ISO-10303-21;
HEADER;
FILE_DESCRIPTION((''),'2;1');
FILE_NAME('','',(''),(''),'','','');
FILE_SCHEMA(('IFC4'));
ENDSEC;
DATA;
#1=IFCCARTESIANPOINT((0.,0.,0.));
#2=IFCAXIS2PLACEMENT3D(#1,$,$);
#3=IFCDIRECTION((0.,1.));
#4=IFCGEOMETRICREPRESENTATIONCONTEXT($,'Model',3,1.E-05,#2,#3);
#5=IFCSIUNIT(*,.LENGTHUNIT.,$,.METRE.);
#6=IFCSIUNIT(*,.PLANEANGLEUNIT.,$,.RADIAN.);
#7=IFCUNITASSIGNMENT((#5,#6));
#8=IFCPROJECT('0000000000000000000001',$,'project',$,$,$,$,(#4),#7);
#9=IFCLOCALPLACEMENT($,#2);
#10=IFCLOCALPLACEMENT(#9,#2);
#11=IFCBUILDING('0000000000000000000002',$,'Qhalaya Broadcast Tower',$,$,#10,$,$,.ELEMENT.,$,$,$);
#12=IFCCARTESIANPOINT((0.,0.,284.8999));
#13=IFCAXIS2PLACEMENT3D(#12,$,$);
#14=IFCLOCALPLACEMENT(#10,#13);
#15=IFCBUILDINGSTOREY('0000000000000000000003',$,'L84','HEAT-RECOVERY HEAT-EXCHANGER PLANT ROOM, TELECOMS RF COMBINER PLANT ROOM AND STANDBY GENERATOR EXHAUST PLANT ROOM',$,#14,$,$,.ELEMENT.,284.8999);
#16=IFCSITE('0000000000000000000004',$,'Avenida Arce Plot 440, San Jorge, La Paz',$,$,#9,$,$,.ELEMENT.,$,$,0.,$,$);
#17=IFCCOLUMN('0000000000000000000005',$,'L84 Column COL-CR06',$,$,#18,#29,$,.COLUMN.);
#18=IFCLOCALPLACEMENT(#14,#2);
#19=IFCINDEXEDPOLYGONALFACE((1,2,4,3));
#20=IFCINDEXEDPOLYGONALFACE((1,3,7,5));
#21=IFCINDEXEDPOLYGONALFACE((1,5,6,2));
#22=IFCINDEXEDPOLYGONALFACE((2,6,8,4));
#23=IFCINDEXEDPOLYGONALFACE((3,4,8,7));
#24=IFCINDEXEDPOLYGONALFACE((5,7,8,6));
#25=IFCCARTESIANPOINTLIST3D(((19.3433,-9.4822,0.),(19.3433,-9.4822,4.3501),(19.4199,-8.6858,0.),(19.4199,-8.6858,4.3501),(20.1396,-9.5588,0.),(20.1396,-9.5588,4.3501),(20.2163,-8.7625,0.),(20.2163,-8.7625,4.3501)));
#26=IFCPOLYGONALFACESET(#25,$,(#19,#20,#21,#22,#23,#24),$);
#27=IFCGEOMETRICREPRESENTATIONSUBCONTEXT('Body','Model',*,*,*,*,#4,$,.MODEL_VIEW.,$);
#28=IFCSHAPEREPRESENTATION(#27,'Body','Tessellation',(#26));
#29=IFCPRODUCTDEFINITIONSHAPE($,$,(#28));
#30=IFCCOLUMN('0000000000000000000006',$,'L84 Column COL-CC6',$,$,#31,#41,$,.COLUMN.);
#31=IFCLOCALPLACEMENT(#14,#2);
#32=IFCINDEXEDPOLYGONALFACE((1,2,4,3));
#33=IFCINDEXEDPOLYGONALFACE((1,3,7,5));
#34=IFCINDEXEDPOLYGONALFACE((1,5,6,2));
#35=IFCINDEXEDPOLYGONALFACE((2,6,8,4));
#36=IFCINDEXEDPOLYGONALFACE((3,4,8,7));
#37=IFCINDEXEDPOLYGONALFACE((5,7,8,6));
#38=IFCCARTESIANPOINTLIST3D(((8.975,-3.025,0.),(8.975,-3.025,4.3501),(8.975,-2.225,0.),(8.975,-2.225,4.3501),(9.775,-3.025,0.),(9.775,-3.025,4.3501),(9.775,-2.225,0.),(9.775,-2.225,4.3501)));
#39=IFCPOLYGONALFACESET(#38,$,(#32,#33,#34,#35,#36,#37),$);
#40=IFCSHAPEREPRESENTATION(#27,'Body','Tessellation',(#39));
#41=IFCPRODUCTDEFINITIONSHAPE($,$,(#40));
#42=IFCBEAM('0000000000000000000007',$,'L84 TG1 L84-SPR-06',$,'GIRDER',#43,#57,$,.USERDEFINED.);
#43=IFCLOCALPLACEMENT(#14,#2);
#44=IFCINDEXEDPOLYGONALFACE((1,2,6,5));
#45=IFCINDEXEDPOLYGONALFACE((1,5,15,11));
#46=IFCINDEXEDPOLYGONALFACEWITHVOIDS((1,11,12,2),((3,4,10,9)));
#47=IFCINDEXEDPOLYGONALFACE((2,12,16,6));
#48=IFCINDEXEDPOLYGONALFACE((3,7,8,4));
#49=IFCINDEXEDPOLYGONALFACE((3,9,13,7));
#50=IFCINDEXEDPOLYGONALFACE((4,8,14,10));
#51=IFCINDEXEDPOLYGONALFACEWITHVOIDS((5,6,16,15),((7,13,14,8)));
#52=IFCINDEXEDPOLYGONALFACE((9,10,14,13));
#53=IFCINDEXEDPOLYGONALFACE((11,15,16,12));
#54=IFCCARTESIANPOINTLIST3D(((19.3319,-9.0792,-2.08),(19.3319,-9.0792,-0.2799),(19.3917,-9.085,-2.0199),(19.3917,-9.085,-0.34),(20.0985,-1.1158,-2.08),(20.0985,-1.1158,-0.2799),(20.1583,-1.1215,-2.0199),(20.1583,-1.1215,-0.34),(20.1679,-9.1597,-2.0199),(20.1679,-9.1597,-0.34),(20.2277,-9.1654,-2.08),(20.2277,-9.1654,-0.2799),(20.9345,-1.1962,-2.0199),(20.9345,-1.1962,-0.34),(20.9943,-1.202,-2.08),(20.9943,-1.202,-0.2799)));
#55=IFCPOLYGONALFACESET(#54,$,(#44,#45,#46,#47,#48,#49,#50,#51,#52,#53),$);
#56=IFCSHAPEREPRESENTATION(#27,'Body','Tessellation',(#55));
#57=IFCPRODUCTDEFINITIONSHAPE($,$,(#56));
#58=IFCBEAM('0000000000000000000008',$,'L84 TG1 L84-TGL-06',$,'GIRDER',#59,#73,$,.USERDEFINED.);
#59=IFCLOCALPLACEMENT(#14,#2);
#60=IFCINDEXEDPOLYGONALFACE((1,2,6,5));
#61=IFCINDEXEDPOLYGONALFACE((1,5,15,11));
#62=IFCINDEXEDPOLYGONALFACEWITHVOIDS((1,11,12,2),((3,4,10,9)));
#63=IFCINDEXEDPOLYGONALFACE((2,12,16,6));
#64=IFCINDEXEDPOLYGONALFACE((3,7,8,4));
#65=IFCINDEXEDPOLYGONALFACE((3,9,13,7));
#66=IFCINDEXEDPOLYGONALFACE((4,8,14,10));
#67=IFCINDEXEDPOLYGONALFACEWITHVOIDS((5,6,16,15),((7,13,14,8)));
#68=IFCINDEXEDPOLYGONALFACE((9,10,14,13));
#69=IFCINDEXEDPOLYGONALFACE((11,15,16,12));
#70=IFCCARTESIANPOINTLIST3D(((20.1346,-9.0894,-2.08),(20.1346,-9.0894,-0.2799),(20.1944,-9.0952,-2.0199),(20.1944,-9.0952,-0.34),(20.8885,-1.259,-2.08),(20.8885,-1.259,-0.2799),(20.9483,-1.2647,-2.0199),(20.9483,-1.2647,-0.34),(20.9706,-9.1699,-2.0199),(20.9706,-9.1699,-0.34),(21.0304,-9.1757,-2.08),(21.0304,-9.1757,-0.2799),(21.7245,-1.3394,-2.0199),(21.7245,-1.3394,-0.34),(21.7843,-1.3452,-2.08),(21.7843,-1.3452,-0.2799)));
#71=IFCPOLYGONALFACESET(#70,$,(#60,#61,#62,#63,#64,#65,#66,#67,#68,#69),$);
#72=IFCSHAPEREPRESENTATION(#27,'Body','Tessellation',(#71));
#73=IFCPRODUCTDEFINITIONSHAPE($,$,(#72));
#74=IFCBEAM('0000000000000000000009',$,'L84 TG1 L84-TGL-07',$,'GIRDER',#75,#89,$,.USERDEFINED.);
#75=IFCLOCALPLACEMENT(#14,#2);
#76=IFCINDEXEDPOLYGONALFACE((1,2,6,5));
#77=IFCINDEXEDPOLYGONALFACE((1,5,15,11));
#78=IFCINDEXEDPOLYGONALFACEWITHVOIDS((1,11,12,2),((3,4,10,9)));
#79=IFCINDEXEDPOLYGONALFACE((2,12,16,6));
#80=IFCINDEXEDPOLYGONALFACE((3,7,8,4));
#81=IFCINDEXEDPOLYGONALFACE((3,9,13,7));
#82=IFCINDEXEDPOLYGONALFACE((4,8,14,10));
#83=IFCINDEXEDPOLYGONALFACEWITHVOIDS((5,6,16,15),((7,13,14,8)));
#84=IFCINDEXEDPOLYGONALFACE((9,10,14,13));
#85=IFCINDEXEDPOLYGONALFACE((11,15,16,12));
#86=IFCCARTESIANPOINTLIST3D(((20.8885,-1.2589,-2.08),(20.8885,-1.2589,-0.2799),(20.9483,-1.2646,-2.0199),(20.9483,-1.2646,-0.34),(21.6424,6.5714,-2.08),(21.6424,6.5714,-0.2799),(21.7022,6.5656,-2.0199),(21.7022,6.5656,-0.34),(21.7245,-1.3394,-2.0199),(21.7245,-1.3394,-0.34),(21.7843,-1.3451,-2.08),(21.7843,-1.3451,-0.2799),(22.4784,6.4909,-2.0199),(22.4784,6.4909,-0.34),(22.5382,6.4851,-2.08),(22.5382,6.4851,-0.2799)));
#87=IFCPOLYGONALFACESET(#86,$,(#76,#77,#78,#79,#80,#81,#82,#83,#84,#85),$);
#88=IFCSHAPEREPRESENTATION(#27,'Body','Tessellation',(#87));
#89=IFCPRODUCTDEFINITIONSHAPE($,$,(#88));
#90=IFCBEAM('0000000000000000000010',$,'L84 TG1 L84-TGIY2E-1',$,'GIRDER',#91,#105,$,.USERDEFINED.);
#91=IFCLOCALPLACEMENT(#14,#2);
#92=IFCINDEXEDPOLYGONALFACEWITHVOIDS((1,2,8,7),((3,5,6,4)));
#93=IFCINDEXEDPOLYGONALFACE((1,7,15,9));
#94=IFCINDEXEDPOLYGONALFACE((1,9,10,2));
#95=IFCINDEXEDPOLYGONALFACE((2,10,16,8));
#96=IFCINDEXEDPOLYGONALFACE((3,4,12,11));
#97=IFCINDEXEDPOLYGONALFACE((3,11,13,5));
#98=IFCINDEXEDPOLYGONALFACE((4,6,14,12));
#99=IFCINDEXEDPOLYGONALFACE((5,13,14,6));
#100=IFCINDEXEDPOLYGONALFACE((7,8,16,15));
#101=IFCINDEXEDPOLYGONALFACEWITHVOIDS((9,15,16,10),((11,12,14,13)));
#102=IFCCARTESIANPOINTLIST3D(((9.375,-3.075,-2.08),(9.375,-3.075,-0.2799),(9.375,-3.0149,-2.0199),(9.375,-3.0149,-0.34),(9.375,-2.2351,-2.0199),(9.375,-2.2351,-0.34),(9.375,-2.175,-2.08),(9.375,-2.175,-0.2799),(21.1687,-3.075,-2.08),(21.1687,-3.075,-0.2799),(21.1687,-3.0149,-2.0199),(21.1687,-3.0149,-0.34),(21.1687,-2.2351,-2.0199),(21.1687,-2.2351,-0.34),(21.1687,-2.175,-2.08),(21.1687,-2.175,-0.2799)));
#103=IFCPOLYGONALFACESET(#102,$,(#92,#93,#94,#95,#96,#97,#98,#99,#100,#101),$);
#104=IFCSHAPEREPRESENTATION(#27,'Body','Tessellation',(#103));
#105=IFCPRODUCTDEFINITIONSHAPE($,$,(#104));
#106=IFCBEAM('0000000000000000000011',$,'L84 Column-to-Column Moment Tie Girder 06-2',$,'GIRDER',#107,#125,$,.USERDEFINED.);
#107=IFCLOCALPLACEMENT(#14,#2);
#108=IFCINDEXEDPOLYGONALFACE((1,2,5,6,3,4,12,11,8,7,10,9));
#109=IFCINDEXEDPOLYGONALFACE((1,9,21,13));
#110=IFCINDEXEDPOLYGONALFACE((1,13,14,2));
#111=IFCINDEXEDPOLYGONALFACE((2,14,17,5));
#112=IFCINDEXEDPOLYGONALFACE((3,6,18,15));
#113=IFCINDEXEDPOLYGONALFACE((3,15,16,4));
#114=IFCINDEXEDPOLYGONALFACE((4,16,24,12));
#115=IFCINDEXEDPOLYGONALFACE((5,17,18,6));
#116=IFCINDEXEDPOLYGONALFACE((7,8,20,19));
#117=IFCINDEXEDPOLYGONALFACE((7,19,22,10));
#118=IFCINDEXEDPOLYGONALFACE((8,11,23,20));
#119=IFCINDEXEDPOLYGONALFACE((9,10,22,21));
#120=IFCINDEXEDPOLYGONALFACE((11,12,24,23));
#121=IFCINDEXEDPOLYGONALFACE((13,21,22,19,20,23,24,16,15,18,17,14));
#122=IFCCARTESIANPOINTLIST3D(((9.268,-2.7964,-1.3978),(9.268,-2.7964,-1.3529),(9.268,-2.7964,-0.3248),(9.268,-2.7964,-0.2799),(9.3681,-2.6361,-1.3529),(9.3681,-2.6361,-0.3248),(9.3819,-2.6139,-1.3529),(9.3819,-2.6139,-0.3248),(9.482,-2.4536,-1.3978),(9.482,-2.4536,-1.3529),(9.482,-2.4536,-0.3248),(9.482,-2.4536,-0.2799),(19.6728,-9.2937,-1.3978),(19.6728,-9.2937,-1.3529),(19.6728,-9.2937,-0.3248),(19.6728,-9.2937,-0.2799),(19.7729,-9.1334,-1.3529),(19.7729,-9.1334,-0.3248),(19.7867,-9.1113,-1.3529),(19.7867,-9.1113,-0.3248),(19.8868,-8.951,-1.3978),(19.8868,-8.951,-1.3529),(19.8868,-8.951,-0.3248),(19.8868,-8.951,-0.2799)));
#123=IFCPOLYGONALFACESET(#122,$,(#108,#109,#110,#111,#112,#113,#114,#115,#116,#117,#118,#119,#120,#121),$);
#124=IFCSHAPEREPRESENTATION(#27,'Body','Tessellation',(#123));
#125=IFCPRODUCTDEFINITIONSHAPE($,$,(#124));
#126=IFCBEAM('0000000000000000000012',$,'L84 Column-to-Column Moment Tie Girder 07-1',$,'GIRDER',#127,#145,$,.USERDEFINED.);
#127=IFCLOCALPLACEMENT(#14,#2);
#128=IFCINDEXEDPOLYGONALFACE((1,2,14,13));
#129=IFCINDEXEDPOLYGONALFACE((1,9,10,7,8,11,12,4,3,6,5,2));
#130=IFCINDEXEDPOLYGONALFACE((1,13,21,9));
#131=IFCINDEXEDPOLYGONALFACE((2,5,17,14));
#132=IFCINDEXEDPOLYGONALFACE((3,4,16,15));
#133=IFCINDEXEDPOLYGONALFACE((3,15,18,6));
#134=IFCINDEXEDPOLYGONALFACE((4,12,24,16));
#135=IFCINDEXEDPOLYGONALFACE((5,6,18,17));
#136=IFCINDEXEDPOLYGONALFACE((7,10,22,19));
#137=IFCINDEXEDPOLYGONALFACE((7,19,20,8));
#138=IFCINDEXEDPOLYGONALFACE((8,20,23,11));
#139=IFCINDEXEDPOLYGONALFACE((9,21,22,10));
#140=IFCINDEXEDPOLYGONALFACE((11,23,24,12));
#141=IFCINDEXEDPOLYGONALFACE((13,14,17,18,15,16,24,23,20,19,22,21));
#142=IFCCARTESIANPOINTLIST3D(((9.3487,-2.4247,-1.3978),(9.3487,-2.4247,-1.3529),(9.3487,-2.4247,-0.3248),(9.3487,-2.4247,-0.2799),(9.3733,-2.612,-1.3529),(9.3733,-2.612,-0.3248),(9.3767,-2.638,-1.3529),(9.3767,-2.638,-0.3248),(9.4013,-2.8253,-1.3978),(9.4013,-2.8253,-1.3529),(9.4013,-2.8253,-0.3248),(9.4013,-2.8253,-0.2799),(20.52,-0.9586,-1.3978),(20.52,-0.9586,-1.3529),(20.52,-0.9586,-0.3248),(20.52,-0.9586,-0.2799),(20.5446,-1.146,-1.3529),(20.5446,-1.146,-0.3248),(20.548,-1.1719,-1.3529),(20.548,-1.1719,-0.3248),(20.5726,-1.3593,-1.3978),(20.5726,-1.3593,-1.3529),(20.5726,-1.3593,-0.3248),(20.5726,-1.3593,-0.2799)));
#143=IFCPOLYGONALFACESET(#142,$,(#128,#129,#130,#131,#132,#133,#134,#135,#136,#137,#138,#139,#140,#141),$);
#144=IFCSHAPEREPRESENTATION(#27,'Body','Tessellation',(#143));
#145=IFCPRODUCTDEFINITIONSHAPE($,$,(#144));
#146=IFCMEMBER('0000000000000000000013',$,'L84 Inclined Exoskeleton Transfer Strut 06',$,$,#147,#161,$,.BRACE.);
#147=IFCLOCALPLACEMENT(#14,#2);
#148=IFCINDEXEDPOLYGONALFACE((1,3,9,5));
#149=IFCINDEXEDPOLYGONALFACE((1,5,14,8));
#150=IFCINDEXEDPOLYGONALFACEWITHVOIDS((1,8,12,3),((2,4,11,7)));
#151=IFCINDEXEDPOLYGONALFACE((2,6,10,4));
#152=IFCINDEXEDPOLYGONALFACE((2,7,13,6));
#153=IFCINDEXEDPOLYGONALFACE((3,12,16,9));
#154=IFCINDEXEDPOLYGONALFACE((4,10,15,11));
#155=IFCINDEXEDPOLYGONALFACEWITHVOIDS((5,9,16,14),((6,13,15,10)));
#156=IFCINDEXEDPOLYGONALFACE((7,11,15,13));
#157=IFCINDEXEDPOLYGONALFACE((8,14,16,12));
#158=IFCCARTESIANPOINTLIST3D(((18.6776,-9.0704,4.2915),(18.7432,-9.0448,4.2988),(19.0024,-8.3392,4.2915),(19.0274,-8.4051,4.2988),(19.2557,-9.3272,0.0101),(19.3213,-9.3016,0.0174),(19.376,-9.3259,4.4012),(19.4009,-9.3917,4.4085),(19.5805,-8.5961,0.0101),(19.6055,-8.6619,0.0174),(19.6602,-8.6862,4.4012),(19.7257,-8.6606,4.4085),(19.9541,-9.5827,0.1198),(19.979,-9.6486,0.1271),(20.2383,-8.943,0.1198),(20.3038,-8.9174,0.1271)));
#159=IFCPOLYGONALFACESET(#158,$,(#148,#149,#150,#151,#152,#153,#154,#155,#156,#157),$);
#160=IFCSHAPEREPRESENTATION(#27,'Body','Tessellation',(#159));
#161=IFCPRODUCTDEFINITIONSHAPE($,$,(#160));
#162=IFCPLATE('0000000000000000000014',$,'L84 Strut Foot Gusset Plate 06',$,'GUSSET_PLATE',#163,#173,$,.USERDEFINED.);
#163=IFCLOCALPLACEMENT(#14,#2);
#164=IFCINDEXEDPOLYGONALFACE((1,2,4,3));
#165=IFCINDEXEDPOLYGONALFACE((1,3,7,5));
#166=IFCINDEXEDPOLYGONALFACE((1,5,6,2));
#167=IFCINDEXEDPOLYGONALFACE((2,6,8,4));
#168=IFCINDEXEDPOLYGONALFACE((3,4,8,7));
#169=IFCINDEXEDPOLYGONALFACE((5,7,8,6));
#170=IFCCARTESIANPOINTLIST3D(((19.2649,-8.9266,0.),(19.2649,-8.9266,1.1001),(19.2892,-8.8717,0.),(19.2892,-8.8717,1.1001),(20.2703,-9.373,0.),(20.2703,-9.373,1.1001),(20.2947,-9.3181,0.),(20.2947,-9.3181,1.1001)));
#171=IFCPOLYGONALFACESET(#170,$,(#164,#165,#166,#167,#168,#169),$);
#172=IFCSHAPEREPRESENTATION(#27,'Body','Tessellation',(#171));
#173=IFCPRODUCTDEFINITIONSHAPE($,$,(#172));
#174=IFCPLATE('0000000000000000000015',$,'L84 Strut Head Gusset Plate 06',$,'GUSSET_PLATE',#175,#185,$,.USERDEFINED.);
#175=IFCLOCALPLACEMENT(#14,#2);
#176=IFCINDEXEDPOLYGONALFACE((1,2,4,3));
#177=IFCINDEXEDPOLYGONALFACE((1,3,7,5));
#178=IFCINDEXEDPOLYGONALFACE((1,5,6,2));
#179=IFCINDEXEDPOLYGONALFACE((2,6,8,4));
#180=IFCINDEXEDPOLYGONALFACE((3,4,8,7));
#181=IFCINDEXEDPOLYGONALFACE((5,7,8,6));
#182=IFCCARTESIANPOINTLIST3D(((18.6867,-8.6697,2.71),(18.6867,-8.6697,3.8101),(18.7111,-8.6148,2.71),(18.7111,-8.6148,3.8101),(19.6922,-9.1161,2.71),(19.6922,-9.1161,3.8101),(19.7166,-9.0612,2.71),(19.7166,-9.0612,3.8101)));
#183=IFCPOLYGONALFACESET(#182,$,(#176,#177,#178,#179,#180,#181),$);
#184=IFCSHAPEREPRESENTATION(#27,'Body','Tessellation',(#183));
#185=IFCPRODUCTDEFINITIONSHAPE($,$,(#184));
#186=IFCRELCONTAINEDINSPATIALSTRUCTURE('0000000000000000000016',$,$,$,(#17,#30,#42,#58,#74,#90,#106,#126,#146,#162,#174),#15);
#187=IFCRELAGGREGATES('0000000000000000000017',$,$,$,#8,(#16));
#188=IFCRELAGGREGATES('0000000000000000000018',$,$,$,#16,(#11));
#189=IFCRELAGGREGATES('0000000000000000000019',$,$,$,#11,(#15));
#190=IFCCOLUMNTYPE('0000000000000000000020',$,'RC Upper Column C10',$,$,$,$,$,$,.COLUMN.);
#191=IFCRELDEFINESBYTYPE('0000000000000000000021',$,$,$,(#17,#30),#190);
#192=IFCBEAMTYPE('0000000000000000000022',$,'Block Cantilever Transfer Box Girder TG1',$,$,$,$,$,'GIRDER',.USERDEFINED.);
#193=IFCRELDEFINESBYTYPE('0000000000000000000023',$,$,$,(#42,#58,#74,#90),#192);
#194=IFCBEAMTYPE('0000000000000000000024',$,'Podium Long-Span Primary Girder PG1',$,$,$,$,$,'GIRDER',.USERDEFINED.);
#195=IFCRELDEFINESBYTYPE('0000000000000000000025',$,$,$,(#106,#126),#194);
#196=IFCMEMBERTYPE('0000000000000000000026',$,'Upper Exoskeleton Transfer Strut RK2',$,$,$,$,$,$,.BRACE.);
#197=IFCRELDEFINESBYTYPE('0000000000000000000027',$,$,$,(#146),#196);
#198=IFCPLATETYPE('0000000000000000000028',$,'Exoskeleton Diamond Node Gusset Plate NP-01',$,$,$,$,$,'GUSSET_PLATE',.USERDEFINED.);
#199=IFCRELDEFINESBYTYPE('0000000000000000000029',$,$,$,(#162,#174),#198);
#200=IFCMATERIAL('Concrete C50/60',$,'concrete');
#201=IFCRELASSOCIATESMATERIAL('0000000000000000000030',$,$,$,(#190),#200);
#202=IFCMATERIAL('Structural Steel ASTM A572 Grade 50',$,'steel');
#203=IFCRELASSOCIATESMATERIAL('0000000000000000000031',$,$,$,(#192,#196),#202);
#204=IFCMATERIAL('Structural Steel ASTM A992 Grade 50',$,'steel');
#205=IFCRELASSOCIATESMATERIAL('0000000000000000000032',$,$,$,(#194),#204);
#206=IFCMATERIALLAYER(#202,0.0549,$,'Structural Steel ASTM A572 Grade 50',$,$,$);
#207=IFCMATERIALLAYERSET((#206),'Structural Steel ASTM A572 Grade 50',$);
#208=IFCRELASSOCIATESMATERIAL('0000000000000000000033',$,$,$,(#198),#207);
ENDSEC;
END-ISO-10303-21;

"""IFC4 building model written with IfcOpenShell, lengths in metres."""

from ifc_helpers import new_model, si_unit, direction, frame, origin, origin_2d, place, context, subcontext, project, spatial, rectangle, hollow_rectangle, i_section, extrude, material, layer, layer_set, material_profile, profile_set, type_object, element, save


model = new_model("IFC4")

# Units and contexts
model_context = context("Model", 3, precision=1e-05, world=origin(), true_north=direction((0.0, 1.0)))
body_context = subcontext(model_context, "Body", "Model", "MODEL_VIEW")
ifc_project = project(units=[si_unit("LENGTHUNIT", "METRE"), si_unit("PLANEANGLEUNIT", "RADIAN")], contexts=[model_context])

# Site, building, storey
site_placement = place(None, origin())
site = spatial("IfcSite", under=ifc_project, at=site_placement, Name="Avenida Arce Plot 440, San Jorge, La Paz", CompositionType="ELEMENT", RefElevation=0.0)
building_placement = place(site_placement, origin())
building = spatial("IfcBuilding", under=site, at=building_placement, Name="Qhalaya Broadcast Tower", CompositionType="ELEMENT")
storey_placement = place(building_placement, frame((0.0, 0.0, 284.8999)))
storey = spatial("IfcBuildingStorey", under=building, at=storey_placement, Name="L84", Description="HEAT-RECOVERY HEAT-EXCHANGER PLANT ROOM, TELECOMS RF COMBINER PLANT ROOM AND STANDBY GENERATOR EXHAUST PLANT ROOM", CompositionType="ELEMENT", Elevation=284.8999)

# Columns
ifc_material_1 = material(Name="Concrete C50/60", Category="concrete")
ifc_material_profile_1 = material_profile(ifc_material_1, rectangle(XDim=0.8, YDim=0.8, at=origin_2d()), Name="RC-COL 800x800")
ifc_profile_set_1 = profile_set([ifc_material_profile_1], Name="Concrete C50/60")
column_type = type_object("IfcColumnType", Name="RC Upper Column C10", PredefinedType="COLUMN", material=ifc_profile_set_1)
for number, where, z_axis, x_axis, name in (
    (1, (19.7798, -9.1223, 0.0), (0.0, 0.0, 1.0), (0.095846, 0.995396, 0.0), "L84 Column COL-CR06"),
    (2, (9.375, -2.625, 0.0), (0.0, 0.0, 1.0), (1.0, 0.0, 0.0), "L84 Column COL-CC6"),
):
    element("IfcColumn", number, at=place(storey_placement, frame(where, z_axis=z_axis, x_axis=x_axis)), inside=storey, type_object=column_type, Name=name, PredefinedType="COLUMN", context=body_context, shape_type="SweptSolid", body=[
        extrude(rectangle(XDim=0.8, YDim=0.8, at=origin_2d()), origin(), (0.0, 0.0, 1.0), 4.3501),
    ])

# Beams
ifc_material_2 = material(Name="Structural Steel ASTM A572 Grade 50", Category="steel")
ifc_material_profile_2 = material_profile(ifc_material_2, hollow_rectangle(XDim=0.8999, YDim=1.8, WallThickness=0.0601, at=origin_2d()), Name="BOX 900x1800x60")
ifc_profile_set_2 = profile_set([ifc_material_profile_2], Name="Structural Steel ASTM A572 Grade 50")
beam_type_1 = type_object("IfcBeamType", Name="Block Cantilever Transfer Box Girder TG1", ElementType="GIRDER", PredefinedType="USERDEFINED", material=ifc_profile_set_2)
beam_1_placement = place(storey_placement, frame((19.7798, -9.1223, -1.1799), z_axis=(0.095823, 0.995398, 0.0), x_axis=(-0.995398, 0.095823, 0.0)))
element("IfcBeam", 3, at=beam_1_placement, inside=storey, type_object=beam_type_1, Name="L84 TG1 L84-SPR-06", ObjectType="GIRDER", PredefinedType="USERDEFINED", context=body_context, shape_type="SweptSolid", body=[
    extrude(hollow_rectangle(XDim=0.8999, YDim=1.8, WallThickness=0.0601, at=origin_2d()), origin(), (0.0, 0.0, 1.0), 8.0002),
])
beam_2_placement = place(storey_placement, frame((20.5825, -9.1326, -1.1799), z_axis=(0.095834, 0.995397, 0.0), x_axis=(-0.995397, 0.095834, 0.0)))
element("IfcBeam", 4, at=beam_2_placement, inside=storey, type_object=beam_type_1, Name="L84 TG1 L84-TGL-06", ObjectType="GIRDER", PredefinedType="USERDEFINED", context=body_context, shape_type="SweptSolid", body=[
    extrude(hollow_rectangle(XDim=0.8999, YDim=1.8, WallThickness=0.0601, at=origin_2d()), origin(), (0.0, 0.0, 1.0), 7.8667),
])
beam_3_placement = place(storey_placement, frame((21.3364, -1.302, -1.1799), z_axis=(0.095837, 0.995397, 0.0), x_axis=(-0.995397, 0.095837, 0.0)))
element("IfcBeam", 5, at=beam_3_placement, inside=storey, type_object=beam_type_1, Name="L84 TG1 L84-TGL-07", ObjectType="GIRDER", PredefinedType="USERDEFINED", context=body_context, shape_type="SweptSolid", body=[
    extrude(hollow_rectangle(XDim=0.8999, YDim=1.8, WallThickness=0.0601, at=origin_2d()), origin(), (0.0, 0.0, 1.0), 7.8665),
])
beam_4_placement = place(storey_placement, frame((9.375, -2.625, -1.1799), z_axis=(1.0, 0.0, 0.0), x_axis=(0.0, 1.0, 0.0)))
element("IfcBeam", 6, at=beam_4_placement, inside=storey, type_object=beam_type_1, Name="L84 TG1 L84-TGIY2E-1", ObjectType="GIRDER", PredefinedType="USERDEFINED", context=body_context, shape_type="SweptSolid", body=[
    extrude(hollow_rectangle(XDim=0.8999, YDim=1.8, WallThickness=0.0601, at=origin_2d()), origin(), (0.0, 0.0, 1.0), 11.7937),
])
ifc_material_3 = material(Name="Structural Steel ASTM A992 Grade 50", Category="steel")
ifc_material_profile_3 = material_profile(ifc_material_3, i_section(OverallWidth=0.4041, OverallDepth=1.1179, WebThickness=0.0261, FlangeThickness=0.0449, at=origin_2d()), Name="W44X335")
ifc_profile_set_3 = profile_set([ifc_material_profile_3], Name="Structural Steel ASTM A992 Grade 50")
beam_type_2 = type_object("IfcBeamType", Name="Podium Long-Span Primary Girder PG1", ElementType="GIRDER", PredefinedType="USERDEFINED", material=ifc_profile_set_3)
beam_5_placement = place(storey_placement, frame((9.375, -2.625, -0.8389), z_axis=(0.848206, -0.529666, 0.0), x_axis=(0.529666, 0.848206, 0.0)))
element("IfcBeam", 7, at=beam_5_placement, inside=storey, type_object=beam_type_2, Name="L84 Column-to-Column Moment Tie Girder 06-2", ObjectType="GIRDER", PredefinedType="USERDEFINED", context=body_context, shape_type="SweptSolid", body=[
    extrude(i_section(OverallWidth=0.4041, OverallDepth=1.1179, WebThickness=0.0261, FlangeThickness=0.0449, at=origin_2d()), origin(), (0.0, 0.0, 1.0), 12.2668),
])
beam_6_placement = place(storey_placement, frame((9.375, -2.625, -0.8389), z_axis=(0.991498, 0.130118, 0.0), x_axis=(-0.130118, 0.991498, 0.0)))
element("IfcBeam", 8, at=beam_6_placement, inside=storey, type_object=beam_type_2, Name="L84 Column-to-Column Moment Tie Girder 07-1", ObjectType="GIRDER", PredefinedType="USERDEFINED", context=body_context, shape_type="SweptSolid", body=[
    extrude(i_section(OverallWidth=0.4041, OverallDepth=1.1179, WebThickness=0.0261, FlangeThickness=0.0449, at=origin_2d()), origin(), (0.0, 0.0, 1.0), 11.2671),
])

# Member
ifc_material_profile_4 = material_profile(ifc_material_2, hollow_rectangle(XDim=0.8, YDim=0.8, WallThickness=0.05, at=origin_2d()), Name="BOX 800x800x50")
ifc_profile_set_4 = profile_set([ifc_material_profile_4], Name="Structural Steel ASTM A572 Grade 50")
member_type = type_object("IfcMemberType", Name="Upper Exoskeleton Transfer Strut RK2", PredefinedType="BRACE", material=ifc_profile_set_4)
member_placement = place(storey_placement, frame((19.7798, -9.1223, 0.0686), z_axis=(-0.133579, 0.059343, 0.98926), x_axis=(-0.405995, -0.913875, 0.0)))
element("IfcMember", 9, at=member_placement, inside=storey, type_object=member_type, Name="L84 Inclined Exoskeleton Transfer Strut 06", PredefinedType="BRACE", context=body_context, shape_type="SweptSolid", body=[
    extrude(hollow_rectangle(XDim=0.8, YDim=0.8, WallThickness=0.05, at=origin_2d()), origin(), (0.0, 0.0, 1.0), 4.3279),
])

# Plates
ifc_layer_1 = layer(ifc_material_2, 0.0549, Name="Structural Steel ASTM A572 Grade 50")
ifc_layer_set_1 = layer_set([ifc_layer_1], Name="Structural Steel ASTM A572 Grade 50")
plate_type_1 = type_object("IfcPlateType", Name="Exoskeleton Diamond Node Gusset Plate NP-01", ElementType="GUSSET_PLATE", PredefinedType="USERDEFINED", material=ifc_layer_set_1)
for number, where, z_axis, x_axis, name in (
    (10, (19.7798, -9.1223, 0.0), (0.0, 0.0, 1.0), (-0.913978, 0.405764, 0.0), "L84 Strut Foot Gusset Plate 06"),
    (11, (19.2017, -8.8655, 2.71), (0.0, 0.0, 1.0), (-0.913978, 0.405764, 0.0), "L84 Strut Head Gusset Plate 06"),
):
    element("IfcPlate", number, at=place(storey_placement, frame(where, z_axis=z_axis, x_axis=x_axis)), inside=storey, type_object=plate_type_1, Name=name, ObjectType="GUSSET_PLATE", PredefinedType="USERDEFINED", context=body_context, shape_type="SweptSolid", body=[
        extrude(rectangle(XDim=1.1001, YDim=0.0601, at=origin_2d()), origin(), (0.0, 0.0, 1.0), 1.1001),
    ])

save(model, "model.ifc")
